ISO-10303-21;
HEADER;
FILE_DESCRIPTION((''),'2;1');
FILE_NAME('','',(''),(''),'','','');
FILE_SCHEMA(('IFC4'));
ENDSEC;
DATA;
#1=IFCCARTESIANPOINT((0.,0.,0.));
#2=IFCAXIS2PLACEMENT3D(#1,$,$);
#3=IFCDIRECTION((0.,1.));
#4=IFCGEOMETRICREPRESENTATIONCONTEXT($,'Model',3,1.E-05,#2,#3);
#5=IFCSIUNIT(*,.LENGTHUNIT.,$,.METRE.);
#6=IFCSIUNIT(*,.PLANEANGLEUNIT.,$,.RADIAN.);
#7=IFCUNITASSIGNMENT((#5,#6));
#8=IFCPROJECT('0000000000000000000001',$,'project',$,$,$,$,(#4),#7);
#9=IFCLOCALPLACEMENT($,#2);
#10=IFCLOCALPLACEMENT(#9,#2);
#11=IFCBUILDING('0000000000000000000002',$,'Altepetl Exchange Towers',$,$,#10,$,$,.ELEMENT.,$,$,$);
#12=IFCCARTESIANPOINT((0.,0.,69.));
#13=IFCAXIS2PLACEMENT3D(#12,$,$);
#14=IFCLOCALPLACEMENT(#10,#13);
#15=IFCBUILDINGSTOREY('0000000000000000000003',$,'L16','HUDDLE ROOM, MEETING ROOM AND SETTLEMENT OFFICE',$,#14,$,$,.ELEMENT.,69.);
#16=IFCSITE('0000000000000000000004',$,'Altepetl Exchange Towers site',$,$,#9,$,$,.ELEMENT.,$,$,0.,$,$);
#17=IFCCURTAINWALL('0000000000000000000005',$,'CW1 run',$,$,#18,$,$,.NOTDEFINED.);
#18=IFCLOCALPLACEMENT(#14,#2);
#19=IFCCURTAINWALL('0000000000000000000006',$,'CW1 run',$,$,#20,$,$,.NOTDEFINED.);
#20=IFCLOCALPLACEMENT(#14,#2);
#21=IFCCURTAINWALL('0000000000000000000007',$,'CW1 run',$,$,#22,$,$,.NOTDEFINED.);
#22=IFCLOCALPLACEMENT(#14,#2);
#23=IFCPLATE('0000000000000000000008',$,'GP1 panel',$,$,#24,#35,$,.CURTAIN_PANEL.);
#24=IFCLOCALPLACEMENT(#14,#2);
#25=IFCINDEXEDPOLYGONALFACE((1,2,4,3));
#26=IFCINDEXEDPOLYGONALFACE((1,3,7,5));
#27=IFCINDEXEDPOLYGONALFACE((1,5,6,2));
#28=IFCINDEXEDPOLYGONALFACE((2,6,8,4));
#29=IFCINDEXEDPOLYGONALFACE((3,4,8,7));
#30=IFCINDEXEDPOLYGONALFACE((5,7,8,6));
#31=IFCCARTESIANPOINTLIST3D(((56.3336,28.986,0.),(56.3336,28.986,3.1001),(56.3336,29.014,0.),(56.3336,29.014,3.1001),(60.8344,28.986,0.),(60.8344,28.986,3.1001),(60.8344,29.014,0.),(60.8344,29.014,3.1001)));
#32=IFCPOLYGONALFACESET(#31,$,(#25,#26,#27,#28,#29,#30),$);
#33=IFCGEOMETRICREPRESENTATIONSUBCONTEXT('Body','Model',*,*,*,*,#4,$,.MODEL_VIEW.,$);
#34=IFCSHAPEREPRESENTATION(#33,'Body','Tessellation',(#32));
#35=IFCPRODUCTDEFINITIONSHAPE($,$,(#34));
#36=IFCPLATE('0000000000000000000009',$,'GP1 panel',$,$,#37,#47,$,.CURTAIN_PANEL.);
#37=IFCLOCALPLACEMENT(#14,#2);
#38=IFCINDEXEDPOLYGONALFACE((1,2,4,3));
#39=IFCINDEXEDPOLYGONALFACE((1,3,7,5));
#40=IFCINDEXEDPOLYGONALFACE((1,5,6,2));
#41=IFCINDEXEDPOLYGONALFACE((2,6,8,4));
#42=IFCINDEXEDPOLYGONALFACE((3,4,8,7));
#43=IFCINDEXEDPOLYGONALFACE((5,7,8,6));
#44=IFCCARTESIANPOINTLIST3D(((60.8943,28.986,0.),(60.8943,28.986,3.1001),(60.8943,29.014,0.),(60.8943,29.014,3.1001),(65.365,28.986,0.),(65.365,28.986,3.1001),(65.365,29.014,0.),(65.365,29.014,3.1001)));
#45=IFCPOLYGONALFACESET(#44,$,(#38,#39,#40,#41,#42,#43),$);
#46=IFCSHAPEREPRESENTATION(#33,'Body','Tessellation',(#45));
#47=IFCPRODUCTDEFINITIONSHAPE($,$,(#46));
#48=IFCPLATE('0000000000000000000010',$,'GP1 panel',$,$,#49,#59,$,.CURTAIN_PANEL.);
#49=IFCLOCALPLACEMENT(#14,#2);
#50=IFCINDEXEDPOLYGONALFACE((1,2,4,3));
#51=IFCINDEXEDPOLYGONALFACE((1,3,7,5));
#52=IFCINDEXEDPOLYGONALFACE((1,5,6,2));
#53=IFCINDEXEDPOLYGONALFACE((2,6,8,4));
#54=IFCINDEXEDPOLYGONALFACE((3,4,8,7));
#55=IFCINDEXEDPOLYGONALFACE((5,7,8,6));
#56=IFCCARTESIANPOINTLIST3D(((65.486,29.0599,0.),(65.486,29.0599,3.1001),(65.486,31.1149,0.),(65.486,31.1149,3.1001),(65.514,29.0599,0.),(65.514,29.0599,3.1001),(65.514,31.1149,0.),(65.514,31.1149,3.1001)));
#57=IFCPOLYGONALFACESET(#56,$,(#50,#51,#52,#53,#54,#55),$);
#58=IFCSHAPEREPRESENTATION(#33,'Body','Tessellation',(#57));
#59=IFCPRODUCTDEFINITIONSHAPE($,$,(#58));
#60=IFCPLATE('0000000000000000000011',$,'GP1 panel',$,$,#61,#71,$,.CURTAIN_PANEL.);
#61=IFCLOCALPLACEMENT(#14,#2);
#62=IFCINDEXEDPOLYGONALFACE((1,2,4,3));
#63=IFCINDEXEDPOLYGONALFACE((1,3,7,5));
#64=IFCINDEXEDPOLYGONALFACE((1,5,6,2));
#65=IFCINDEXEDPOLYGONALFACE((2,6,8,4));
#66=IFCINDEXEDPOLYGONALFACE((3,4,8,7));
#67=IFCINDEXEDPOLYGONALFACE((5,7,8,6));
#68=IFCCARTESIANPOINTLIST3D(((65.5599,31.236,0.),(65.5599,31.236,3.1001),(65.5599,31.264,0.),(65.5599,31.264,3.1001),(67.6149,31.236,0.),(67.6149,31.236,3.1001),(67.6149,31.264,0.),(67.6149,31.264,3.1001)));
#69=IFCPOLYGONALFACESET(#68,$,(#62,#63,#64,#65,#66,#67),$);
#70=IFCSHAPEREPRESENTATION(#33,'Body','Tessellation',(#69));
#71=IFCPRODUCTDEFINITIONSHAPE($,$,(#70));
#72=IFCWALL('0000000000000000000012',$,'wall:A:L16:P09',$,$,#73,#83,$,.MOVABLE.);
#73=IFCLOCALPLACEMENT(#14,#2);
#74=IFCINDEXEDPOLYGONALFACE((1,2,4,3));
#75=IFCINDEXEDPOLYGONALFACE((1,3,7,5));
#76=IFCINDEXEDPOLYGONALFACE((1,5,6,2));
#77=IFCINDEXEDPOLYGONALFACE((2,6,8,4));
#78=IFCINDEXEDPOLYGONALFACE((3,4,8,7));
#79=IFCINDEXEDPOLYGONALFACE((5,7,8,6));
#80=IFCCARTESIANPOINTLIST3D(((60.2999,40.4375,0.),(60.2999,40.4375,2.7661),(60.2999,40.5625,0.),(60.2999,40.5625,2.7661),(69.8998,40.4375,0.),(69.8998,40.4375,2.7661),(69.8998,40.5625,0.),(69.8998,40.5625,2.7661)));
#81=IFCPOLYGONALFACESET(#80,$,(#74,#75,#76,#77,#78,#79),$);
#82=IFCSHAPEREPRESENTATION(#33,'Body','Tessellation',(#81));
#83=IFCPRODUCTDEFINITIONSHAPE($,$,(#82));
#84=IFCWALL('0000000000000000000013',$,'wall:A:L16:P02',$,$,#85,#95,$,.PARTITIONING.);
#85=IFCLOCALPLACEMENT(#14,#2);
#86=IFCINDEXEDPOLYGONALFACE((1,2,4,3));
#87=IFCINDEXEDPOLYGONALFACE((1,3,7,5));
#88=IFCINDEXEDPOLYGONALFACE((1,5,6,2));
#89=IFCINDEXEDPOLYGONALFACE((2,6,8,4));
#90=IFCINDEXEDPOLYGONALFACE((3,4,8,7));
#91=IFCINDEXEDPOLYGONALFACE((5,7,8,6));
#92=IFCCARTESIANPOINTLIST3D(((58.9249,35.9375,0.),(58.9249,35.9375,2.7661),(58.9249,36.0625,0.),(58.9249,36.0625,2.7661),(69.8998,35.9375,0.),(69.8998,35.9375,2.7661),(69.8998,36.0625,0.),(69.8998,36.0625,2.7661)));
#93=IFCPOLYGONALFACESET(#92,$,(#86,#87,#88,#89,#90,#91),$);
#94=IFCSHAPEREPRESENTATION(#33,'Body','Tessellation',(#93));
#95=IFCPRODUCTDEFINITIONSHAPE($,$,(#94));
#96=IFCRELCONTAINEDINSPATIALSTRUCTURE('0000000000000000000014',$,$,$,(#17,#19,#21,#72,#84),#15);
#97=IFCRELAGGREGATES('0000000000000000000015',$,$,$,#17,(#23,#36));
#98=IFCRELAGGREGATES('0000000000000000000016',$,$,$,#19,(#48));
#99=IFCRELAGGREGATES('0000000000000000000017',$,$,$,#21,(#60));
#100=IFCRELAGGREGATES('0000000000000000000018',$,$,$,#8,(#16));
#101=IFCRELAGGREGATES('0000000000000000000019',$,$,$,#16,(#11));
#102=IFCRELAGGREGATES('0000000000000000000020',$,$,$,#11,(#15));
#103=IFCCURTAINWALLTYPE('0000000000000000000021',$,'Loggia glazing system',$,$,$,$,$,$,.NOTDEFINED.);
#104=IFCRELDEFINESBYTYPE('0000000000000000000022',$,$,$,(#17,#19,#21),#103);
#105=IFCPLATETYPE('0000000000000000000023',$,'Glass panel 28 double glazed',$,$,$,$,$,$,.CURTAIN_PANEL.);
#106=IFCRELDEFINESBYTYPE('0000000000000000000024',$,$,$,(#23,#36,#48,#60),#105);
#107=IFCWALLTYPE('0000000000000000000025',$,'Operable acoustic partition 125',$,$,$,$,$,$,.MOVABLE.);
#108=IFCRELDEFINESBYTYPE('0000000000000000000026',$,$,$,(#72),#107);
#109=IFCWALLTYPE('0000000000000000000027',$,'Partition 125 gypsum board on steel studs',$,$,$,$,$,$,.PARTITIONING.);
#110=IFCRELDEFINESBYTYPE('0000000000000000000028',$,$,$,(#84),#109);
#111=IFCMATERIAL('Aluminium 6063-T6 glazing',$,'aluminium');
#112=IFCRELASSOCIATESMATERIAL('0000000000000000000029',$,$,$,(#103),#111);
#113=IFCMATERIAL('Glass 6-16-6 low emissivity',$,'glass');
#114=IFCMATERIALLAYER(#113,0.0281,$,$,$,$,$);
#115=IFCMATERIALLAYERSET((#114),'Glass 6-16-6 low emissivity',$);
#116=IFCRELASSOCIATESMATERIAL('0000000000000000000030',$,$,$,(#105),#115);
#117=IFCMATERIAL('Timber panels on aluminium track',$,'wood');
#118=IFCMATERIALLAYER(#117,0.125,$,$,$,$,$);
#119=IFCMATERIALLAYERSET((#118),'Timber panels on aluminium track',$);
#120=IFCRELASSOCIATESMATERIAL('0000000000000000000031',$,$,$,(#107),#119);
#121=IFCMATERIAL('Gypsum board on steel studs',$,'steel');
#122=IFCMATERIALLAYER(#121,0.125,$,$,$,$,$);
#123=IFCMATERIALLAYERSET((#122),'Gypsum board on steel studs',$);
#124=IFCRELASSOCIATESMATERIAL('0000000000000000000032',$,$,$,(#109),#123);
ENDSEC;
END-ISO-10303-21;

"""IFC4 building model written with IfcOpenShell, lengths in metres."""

from ifc_helpers import new_model, si_unit, direction, frame, frame_2d, origin, origin_2d, place, context, subcontext, project, spatial, rectangle, extrude, material, layer, layer_set, type_object, element, aggregate, save


model = new_model("IFC4")

# Units and contexts
model_context = context("Model", 3, precision=1e-05, world=origin(), true_north=direction((0.0, 1.0)))
body_context = subcontext(model_context, "Body", "Model", "MODEL_VIEW")
ifc_project = project(units=[si_unit("LENGTHUNIT", "METRE"), si_unit("PLANEANGLEUNIT", "RADIAN")], contexts=[model_context])

# Site, building, storey
site_placement = place(None, origin())
site = spatial("IfcSite", under=ifc_project, at=site_placement, Name="Altepetl Exchange Towers site", CompositionType="ELEMENT", RefElevation=0.0)
building_placement = place(site_placement, origin())
building = spatial("IfcBuilding", under=site, at=building_placement, Name="Altepetl Exchange Towers", CompositionType="ELEMENT")
storey_placement = place(building_placement, frame((0.0, 0.0, 69.0)))
storey = spatial("IfcBuildingStorey", under=building, at=storey_placement, Name="L16", Description="HUDDLE ROOM, MEETING ROOM AND SETTLEMENT OFFICE", CompositionType="ELEMENT", Elevation=69.0)

# Curtain walls
ifc_material_1 = material(Name="Aluminium 6063-T6 glazing", Category="aluminium")
curtain_wall_type = type_object("IfcCurtainWallType", Name="Loggia glazing system", PredefinedType="NOTDEFINED", material=ifc_material_1)
curtain_wall_1_placement = place(storey_placement, origin())
curtain_wall_1 = element("IfcCurtainWall", 1, at=curtain_wall_1_placement, inside=storey, type_object=curtain_wall_type, Name="CW1 run", PredefinedType="NOTDEFINED")
curtain_wall_2_placement = place(storey_placement, origin())
curtain_wall_2 = element("IfcCurtainWall", 2, at=curtain_wall_2_placement, inside=storey, type_object=curtain_wall_type, Name="CW1 run", PredefinedType="NOTDEFINED")

# Curtain wall
curtain_wall_3_placement = place(storey_placement, origin())
curtain_wall_3 = element("IfcCurtainWall", 3, at=curtain_wall_3_placement, inside=storey, type_object=curtain_wall_type, Name="CW1 run", PredefinedType="NOTDEFINED")

# Plates
ifc_material_2 = material(Name="Glass 6-16-6 low emissivity", Category="glass")
ifc_layer_1 = layer(ifc_material_2, 0.0281)
ifc_layer_set_1 = layer_set([ifc_layer_1], Name="Glass 6-16-6 low emissivity")
plate_type = type_object("IfcPlateType", Name="Glass panel 28 double glazed", PredefinedType="CURTAIN_PANEL", material=ifc_layer_set_1)
plate_1_placement = place(storey_placement, frame((58.584, 29.0, 0.0)))
plate_1 = element("IfcPlate", 4, at=plate_1_placement, type_object=plate_type, Name="GP1 panel", PredefinedType="CURTAIN_PANEL", context=body_context, shape_type="SweptSolid", body=[
    extrude(rectangle(XDim=4.5007, YDim=0.0281, at=origin_2d()), origin(), (0.0, 0.0, 1.0), 3.1001),
])
plate_2_placement = place(storey_placement, frame((63.1296, 29.0, 0.0)))
plate_2 = element("IfcPlate", 5, at=plate_2_placement, type_object=plate_type, Name="GP1 panel", PredefinedType="CURTAIN_PANEL", context=body_context, shape_type="SweptSolid", body=[
    extrude(rectangle(XDim=4.4707, YDim=0.0281, at=origin_2d()), origin(), (0.0, 0.0, 1.0), 3.1001),
])
aggregate(curtain_wall_1, [plate_1, plate_2])
plate_3_placement = place(storey_placement, frame((65.5, 30.0874, 0.0), z_axis=(0.0, 0.0, 1.0), x_axis=(0.0, 1.0, 0.0)))
plate_3 = element("IfcPlate", 6, at=plate_3_placement, type_object=plate_type, Name="GP1 panel", PredefinedType="CURTAIN_PANEL", context=body_context, shape_type="SweptSolid", body=[
    extrude(rectangle(XDim=2.0549, YDim=0.0281, at=origin_2d()), origin(), (0.0, 0.0, 1.0), 3.1001),
])
aggregate(curtain_wall_2, [plate_3])
plate_4_placement = place(storey_placement, frame((66.5874, 31.25, 0.0)))
plate_4 = element("IfcPlate", 7, at=plate_4_placement, type_object=plate_type, Name="GP1 panel", PredefinedType="CURTAIN_PANEL", context=body_context, shape_type="SweptSolid", body=[
    extrude(rectangle(XDim=2.0549, YDim=0.0281, at=origin_2d()), origin(), (0.0, 0.0, 1.0), 3.1001),
])
aggregate(curtain_wall_3, [plate_4])

# Walls
ifc_material_3 = material(Name="Timber panels on aluminium track", Category="wood")
ifc_layer_2 = layer(ifc_material_3, 0.125)
ifc_layer_set_2 = layer_set([ifc_layer_2], Name="Timber panels on aluminium track")
wall_type_1 = type_object("IfcWallType", Name="Operable acoustic partition 125", PredefinedType="MOVABLE", material=ifc_layer_set_2)
wall_1_placement = place(storey_placement, frame((60.3, 40.5, 0.0)))
element("IfcWall", 8, at=wall_1_placement, inside=storey, type_object=wall_type_1, Name="wall:A:L16:P09", PredefinedType="MOVABLE", context=body_context, shape_type="SweptSolid", body=[
    extrude(rectangle(XDim=9.5999, YDim=0.125, at=frame_2d((4.7998, 0.0))), origin(), (0.0, 0.0, 1.0), 2.7661),
])
ifc_material_4 = material(Name="Gypsum board on steel studs", Category="steel")
ifc_layer_3 = layer(ifc_material_4, 0.125)
ifc_layer_set_3 = layer_set([ifc_layer_3], Name="Gypsum board on steel studs")
wall_type_2 = type_object("IfcWallType", Name="Partition 125 gypsum board on steel studs", PredefinedType="PARTITIONING", material=ifc_layer_set_3)
wall_2_placement = place(storey_placement, frame((58.925, 36.0, 0.0)))
element("IfcWall", 9, at=wall_2_placement, inside=storey, type_object=wall_type_2, Name="wall:A:L16:P02", PredefinedType="PARTITIONING", context=body_context, shape_type="SweptSolid", body=[
    extrude(rectangle(XDim=10.9749, YDim=0.125, at=frame_2d((5.4873, 0.0))), origin(), (0.0, 0.0, 1.0), 2.7661),
])

save(model, "model.ifc")
